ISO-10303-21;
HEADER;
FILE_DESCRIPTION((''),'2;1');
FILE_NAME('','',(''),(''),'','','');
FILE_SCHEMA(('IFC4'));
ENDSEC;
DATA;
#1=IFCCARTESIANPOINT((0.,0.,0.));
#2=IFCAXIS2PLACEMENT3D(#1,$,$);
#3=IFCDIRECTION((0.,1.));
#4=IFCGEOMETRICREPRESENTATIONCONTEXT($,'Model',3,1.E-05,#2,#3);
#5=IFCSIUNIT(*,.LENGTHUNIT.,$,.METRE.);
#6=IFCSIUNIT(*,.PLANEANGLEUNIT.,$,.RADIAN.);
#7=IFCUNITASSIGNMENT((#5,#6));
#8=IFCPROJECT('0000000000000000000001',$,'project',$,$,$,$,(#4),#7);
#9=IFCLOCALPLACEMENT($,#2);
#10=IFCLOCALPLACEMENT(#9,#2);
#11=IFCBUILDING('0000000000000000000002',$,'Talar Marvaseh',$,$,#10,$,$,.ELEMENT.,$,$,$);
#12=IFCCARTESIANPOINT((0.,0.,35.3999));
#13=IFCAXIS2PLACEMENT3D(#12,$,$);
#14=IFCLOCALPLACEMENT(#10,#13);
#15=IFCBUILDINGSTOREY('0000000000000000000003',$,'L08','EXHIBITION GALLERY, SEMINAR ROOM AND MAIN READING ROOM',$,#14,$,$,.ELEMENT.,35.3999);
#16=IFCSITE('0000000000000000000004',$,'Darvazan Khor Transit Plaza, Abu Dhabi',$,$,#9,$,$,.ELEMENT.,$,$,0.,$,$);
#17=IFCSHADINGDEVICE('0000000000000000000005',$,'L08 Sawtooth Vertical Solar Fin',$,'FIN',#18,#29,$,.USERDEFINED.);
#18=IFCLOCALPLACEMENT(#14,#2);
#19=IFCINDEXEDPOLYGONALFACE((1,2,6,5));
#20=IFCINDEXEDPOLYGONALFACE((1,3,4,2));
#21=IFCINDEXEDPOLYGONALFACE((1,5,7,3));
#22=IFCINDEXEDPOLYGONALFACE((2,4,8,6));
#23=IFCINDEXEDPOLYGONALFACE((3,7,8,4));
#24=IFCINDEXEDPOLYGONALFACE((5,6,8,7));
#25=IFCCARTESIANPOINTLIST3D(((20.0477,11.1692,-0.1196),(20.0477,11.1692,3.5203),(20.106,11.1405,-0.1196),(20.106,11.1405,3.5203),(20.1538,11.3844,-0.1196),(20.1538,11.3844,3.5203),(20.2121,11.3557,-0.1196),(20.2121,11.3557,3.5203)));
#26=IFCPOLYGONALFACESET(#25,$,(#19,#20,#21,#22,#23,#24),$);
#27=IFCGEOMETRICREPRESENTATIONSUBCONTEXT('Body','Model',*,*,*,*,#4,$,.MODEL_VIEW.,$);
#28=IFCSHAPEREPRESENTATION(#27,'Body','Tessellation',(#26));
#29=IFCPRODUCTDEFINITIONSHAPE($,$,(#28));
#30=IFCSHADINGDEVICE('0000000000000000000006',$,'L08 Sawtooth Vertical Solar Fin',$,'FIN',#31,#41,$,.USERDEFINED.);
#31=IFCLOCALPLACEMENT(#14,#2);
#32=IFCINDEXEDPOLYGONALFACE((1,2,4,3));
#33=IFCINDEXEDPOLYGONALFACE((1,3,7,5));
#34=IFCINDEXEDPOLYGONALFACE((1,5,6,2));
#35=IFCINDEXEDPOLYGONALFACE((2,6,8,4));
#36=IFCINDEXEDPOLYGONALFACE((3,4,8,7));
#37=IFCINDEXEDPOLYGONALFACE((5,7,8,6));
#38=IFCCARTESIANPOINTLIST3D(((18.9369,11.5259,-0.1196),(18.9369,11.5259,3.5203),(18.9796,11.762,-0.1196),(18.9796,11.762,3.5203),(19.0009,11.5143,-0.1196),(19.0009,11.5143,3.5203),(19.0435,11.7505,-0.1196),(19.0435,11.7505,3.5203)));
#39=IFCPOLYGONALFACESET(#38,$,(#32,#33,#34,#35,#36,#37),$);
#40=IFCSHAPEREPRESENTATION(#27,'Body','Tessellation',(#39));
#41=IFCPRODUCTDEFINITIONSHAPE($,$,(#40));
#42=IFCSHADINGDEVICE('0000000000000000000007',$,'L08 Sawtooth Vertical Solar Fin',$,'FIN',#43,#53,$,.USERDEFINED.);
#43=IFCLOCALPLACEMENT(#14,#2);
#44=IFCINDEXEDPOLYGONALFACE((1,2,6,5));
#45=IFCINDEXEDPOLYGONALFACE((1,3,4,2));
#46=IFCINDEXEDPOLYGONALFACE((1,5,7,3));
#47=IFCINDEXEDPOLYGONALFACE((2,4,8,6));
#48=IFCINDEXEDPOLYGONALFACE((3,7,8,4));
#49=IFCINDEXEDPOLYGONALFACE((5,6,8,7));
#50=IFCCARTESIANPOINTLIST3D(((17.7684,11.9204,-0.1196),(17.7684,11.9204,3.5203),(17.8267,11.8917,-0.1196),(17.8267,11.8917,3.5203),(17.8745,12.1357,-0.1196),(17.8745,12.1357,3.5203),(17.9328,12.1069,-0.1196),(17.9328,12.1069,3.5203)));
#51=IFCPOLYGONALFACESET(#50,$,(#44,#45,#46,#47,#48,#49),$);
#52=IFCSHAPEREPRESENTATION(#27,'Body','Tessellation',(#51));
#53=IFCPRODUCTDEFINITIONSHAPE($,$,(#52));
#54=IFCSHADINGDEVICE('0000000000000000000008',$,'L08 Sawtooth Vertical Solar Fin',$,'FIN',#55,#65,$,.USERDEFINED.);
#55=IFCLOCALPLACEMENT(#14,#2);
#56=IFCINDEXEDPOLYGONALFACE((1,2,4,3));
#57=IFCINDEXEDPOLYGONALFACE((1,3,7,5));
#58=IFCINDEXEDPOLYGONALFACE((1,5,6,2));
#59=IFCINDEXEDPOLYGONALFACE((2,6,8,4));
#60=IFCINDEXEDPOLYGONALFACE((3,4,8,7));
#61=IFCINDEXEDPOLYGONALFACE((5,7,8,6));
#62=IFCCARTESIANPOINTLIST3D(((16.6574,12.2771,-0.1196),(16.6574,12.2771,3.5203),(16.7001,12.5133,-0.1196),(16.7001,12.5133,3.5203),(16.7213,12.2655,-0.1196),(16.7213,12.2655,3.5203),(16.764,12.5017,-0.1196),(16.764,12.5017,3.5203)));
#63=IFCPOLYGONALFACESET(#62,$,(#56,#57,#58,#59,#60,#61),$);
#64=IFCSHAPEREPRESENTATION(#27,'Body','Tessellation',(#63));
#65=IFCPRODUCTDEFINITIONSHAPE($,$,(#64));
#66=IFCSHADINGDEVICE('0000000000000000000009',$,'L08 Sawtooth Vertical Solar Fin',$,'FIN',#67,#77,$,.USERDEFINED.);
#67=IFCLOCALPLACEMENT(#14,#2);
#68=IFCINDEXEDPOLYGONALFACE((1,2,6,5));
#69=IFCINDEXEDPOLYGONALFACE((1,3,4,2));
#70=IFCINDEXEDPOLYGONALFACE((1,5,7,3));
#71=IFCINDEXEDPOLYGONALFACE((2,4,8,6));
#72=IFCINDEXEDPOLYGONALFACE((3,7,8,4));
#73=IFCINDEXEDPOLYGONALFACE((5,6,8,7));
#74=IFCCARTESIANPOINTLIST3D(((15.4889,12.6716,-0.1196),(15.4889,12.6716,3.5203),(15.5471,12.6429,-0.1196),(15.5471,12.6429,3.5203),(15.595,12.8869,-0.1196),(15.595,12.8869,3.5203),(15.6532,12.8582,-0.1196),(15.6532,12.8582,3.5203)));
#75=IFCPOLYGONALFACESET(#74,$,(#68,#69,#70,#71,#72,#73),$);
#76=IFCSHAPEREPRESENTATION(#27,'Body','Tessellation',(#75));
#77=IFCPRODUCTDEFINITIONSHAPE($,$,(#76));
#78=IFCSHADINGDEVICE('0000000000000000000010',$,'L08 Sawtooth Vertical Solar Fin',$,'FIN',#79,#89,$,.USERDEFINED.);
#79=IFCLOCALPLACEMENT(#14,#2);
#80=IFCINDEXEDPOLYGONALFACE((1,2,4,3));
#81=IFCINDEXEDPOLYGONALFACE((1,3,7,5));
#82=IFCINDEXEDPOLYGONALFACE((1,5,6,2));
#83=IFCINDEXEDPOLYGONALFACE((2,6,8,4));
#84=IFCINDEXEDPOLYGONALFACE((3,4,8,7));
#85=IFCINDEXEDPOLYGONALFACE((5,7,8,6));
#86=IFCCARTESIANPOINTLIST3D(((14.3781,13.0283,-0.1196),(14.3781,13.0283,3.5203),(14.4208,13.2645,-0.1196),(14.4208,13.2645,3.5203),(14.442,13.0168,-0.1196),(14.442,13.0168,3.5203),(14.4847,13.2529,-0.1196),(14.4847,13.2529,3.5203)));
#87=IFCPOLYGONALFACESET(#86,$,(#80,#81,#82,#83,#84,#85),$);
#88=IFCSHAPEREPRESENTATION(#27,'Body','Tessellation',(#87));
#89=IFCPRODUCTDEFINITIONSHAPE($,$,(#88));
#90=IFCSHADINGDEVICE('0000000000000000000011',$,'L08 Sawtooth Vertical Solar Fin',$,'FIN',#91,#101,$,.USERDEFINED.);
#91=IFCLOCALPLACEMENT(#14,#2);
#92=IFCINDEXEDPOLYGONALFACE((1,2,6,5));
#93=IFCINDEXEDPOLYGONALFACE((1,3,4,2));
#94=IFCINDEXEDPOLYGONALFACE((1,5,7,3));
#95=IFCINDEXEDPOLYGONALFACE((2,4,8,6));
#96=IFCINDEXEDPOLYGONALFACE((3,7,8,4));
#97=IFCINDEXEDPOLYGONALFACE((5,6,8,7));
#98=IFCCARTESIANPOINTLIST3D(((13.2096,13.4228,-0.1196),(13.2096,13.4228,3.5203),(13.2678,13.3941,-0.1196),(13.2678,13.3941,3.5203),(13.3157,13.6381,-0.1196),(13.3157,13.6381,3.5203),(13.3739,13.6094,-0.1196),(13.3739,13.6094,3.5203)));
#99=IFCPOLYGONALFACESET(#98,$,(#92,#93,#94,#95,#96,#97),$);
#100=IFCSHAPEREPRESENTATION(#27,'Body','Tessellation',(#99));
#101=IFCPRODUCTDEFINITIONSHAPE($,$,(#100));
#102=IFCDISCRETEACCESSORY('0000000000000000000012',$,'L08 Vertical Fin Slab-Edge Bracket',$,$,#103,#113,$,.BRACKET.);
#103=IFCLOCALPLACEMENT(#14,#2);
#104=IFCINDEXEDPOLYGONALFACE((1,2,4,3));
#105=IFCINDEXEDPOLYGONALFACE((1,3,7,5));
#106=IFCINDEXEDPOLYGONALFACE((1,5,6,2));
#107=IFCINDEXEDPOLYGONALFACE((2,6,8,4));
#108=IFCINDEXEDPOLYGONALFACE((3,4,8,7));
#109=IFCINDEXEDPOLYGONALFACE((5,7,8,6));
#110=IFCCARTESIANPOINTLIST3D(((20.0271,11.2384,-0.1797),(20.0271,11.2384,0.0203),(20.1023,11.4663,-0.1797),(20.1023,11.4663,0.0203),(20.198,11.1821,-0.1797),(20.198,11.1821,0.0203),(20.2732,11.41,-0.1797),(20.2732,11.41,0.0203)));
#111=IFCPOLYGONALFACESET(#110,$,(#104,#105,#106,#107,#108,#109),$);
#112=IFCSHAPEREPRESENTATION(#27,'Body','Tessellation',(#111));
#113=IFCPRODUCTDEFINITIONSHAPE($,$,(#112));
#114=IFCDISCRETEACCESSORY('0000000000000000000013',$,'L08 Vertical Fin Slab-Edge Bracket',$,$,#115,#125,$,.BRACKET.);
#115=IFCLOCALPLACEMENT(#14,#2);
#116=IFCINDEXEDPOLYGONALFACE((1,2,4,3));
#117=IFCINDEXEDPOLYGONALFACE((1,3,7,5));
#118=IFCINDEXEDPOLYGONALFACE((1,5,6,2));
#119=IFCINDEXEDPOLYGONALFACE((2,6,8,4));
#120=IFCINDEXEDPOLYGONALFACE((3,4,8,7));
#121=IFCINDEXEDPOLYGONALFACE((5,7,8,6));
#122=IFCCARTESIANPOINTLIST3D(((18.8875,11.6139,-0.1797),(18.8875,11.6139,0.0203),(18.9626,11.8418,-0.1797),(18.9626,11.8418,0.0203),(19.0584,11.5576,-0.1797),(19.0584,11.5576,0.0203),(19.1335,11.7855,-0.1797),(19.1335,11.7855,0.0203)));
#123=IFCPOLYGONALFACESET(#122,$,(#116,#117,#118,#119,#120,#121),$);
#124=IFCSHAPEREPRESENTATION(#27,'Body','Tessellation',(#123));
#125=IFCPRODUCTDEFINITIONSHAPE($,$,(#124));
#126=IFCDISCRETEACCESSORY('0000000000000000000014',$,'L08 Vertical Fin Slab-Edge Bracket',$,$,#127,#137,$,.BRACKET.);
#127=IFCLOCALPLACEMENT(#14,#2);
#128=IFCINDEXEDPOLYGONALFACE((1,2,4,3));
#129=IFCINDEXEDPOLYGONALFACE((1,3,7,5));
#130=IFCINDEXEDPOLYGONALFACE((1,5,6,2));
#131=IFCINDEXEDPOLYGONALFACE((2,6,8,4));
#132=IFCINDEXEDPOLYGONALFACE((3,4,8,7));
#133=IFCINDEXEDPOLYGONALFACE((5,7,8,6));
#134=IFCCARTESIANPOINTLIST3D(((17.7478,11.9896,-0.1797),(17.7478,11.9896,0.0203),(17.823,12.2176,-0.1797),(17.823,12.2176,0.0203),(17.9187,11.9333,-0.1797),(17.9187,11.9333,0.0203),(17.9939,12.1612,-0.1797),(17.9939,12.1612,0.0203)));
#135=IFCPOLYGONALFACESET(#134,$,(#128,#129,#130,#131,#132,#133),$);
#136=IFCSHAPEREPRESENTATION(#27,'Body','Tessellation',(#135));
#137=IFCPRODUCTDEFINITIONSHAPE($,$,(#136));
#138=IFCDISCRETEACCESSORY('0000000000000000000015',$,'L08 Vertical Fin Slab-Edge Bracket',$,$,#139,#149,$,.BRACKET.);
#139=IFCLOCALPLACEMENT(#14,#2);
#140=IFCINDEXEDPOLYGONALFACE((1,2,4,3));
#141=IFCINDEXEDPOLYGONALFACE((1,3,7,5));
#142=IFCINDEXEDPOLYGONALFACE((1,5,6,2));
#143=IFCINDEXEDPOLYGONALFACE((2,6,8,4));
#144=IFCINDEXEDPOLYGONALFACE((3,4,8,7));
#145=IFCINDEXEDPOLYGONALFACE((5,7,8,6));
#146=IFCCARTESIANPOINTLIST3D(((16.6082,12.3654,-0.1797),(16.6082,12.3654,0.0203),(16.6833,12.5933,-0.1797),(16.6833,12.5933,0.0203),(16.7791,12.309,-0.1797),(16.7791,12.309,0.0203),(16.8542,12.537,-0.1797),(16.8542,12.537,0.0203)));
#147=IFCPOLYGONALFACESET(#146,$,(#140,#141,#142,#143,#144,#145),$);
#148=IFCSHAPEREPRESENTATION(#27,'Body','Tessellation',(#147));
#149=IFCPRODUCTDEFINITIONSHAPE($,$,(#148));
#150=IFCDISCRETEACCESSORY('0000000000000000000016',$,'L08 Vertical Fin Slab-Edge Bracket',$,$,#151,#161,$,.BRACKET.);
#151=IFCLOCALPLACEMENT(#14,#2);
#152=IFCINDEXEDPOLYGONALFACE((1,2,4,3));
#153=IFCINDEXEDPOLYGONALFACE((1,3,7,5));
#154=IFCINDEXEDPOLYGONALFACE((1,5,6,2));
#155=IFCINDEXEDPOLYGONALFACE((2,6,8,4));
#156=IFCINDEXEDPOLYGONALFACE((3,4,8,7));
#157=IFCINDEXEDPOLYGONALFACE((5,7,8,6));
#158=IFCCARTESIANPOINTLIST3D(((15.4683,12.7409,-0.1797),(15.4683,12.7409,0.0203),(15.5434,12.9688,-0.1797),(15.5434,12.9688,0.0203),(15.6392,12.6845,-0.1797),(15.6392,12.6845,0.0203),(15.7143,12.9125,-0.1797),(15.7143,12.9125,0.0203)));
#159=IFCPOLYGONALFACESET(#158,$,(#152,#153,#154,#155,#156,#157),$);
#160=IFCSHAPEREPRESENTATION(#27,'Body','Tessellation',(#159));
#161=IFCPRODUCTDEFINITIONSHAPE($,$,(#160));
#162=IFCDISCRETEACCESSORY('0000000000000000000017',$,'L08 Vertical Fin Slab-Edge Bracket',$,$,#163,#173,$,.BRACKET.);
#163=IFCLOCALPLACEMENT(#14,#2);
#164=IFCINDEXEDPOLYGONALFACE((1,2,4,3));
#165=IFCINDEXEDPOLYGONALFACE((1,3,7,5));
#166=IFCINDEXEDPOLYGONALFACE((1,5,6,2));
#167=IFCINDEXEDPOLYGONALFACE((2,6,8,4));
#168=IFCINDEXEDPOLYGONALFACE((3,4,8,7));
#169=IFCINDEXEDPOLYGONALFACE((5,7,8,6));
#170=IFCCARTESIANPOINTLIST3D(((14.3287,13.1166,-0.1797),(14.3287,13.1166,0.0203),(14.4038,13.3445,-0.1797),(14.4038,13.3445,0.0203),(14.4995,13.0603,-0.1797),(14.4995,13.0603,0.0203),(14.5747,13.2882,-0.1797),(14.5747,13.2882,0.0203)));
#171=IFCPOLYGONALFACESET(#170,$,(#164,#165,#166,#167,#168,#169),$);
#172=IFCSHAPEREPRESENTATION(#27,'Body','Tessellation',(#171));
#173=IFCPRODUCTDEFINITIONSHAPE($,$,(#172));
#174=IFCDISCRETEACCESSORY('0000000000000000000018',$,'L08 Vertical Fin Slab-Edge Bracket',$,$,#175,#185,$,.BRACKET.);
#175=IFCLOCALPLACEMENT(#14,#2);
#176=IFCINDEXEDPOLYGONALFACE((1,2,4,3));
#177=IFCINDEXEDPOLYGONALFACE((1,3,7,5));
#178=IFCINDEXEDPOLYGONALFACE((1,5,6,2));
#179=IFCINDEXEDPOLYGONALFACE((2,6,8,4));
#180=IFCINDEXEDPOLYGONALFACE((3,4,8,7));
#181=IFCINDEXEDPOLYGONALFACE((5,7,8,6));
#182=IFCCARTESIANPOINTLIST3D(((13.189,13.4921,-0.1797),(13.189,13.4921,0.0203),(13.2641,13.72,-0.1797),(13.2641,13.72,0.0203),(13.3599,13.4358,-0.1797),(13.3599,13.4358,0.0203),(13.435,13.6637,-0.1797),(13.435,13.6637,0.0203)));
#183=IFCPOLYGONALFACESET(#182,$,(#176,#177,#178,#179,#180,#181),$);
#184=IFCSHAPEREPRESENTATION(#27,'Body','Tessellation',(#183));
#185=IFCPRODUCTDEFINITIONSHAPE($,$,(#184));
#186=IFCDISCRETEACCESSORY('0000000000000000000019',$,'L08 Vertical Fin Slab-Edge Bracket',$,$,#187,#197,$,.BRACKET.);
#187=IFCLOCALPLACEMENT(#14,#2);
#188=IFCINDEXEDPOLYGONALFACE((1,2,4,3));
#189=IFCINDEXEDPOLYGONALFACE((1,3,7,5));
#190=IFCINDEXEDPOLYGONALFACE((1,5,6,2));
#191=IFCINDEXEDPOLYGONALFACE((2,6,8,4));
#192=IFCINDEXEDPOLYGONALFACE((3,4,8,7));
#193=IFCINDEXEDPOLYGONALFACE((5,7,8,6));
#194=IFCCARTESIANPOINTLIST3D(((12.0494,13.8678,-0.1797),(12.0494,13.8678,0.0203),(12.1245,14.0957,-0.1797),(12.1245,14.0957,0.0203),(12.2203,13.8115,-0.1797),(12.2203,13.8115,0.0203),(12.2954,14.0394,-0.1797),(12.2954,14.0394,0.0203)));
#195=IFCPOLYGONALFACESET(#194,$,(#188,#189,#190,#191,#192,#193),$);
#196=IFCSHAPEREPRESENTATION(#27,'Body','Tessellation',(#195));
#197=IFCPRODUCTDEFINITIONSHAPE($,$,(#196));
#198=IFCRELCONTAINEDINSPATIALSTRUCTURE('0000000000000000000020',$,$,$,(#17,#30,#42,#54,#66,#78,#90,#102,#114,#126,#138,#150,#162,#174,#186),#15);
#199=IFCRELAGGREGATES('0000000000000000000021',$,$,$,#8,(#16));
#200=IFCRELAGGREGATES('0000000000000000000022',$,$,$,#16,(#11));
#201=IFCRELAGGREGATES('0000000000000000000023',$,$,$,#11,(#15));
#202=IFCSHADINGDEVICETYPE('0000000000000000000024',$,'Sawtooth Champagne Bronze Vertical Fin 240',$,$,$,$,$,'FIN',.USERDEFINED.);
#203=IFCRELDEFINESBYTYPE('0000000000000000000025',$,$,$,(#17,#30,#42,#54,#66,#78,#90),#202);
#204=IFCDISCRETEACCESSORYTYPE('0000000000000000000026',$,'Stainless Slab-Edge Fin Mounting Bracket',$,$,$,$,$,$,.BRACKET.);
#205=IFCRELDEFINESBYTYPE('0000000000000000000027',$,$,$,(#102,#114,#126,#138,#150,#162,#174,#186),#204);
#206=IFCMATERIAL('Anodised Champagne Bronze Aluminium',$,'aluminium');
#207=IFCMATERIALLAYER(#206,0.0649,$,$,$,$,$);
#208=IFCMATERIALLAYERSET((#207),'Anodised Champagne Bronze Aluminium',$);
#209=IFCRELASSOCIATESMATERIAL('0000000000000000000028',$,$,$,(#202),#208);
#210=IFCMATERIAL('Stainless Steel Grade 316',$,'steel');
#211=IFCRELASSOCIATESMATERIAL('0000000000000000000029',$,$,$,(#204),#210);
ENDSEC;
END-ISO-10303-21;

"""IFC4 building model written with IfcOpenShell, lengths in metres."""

from ifc_helpers import new_model, si_unit, direction, frame, origin, origin_2d, place, context, subcontext, project, spatial, rectangle, extrude, source, transform, mapped, material, layer, layer_set, type_object, type_shapes, element, save


model = new_model("IFC4")

# Units and contexts
model_context = context("Model", 3, precision=1e-05, world=origin(), true_north=direction((0.0, 1.0)))
body_context = subcontext(model_context, "Body", "Model", "MODEL_VIEW")
ifc_project = project(units=[si_unit("LENGTHUNIT", "METRE"), si_unit("PLANEANGLEUNIT", "RADIAN")], contexts=[model_context])

# Site, building, storey
site_placement = place(None, origin())
site = spatial("IfcSite", under=ifc_project, at=site_placement, Name="Darvazan Khor Transit Plaza, Abu Dhabi", CompositionType="ELEMENT", RefElevation=0.0)
building_placement = place(site_placement, origin())
building = spatial("IfcBuilding", under=site, at=building_placement, Name="Talar Marvaseh", CompositionType="ELEMENT")
storey_placement = place(building_placement, frame((0.0, 0.0, 35.3999)))
storey = spatial("IfcBuildingStorey", under=building, at=storey_placement, Name="L08", Description="EXHIBITION GALLERY, SEMINAR ROOM AND MAIN READING ROOM", CompositionType="ELEMENT", Elevation=35.3999)

# Shading devices
ifc_material_1 = material(Name="Anodised Champagne Bronze Aluminium", Category="aluminium")
ifc_layer_1 = layer(ifc_material_1, 0.0649)
ifc_layer_set_1 = layer_set([ifc_layer_1], Name="Anodised Champagne Bronze Aluminium")
shading_device_type = type_object("IfcShadingDeviceType", Name="Sawtooth Champagne Bronze Vertical Fin 240", ElementType="FIN", PredefinedType="USERDEFINED", material=ifc_layer_set_1)
shared_shape_1 = source(origin(), body_context, "Body", "SweptSolid", [
    extrude(rectangle(XDim=0.24, YDim=0.0649, at=origin_2d()), origin(), (0.0, 0.0, 1.0), 3.6399),
])
type_shapes(shading_device_type, [shared_shape_1])
for number, where, z_axis, x_axis, name in (
    (1, (20.1299, 11.2625, -0.1196), (0.0, 0.0, 1.0), (-0.442132, -0.89695, 0.0), "L08 Sawtooth Vertical Solar Fin"),
    (2, (18.9902, 11.6382, -0.1196), (0.0, 0.0, 1.0), (-0.177772, -0.984072, 0.0), "L08 Sawtooth Vertical Solar Fin"),
    (3, (17.8506, 12.0137, -0.1196), (0.0, 0.0, 1.0), (-0.442132, -0.89695, 0.0), "L08 Sawtooth Vertical Solar Fin"),
    (4, (16.7107, 12.3894, -0.1196), (0.0, 0.0, 1.0), (-0.177772, -0.984072, 0.0), "L08 Sawtooth Vertical Solar Fin"),
    (5, (15.571, 12.7649, -0.1196), (0.0, 0.0, 1.0), (-0.442132, -0.89695, 0.0), "L08 Sawtooth Vertical Solar Fin"),
    (6, (14.4314, 13.1406, -0.1196), (0.0, 0.0, 1.0), (-0.177772, -0.984072, 0.0), "L08 Sawtooth Vertical Solar Fin"),
    (7, (13.2917, 13.5161, -0.1196), (0.0, 0.0, 1.0), (-0.442132, -0.89695, 0.0), "L08 Sawtooth Vertical Solar Fin"),
):
    element("IfcShadingDevice", number, at=place(storey_placement, frame(where, z_axis=z_axis, x_axis=x_axis)), inside=storey, type_object=shading_device_type, Name=name, ObjectType="FIN", PredefinedType="USERDEFINED", context=body_context, shape_type="MappedRepresentation", body=[
        mapped(shared_shape_1, transform((0.0, 0.0, 0.0), x_axis=(1.0, 0.0, 0.0), y_axis=(0.0, 1.0, 0.0), z_axis=(0.0, 0.0, 1.0), scale=1.0)),
    ])

# Discrete accessories
ifc_material_2 = material(Name="Stainless Steel Grade 316", Category="steel")
discrete_accessory_type = type_object("IfcDiscreteAccessoryType", Name="Stainless Slab-Edge Fin Mounting Bracket", PredefinedType="BRACKET", material=ifc_material_2)
shared_shape_2 = source(origin(), body_context, "Body", "SweptSolid", [
    extrude(rectangle(XDim=0.24, YDim=0.1799, at=origin_2d()), origin(), (0.0, 0.0, 1.0), 0.2),
])
type_shapes(discrete_accessory_type, [shared_shape_2])
for number, where, z_axis, x_axis, name in (
    (8, (20.1501, 11.3242, -0.1797), (0.0, 0.0, 1.0), (-0.312998, -0.949754, 0.0), "L08 Vertical Fin Slab-Edge Bracket"),
    (9, (19.0105, 11.6997, -0.1797), (0.0, 0.0, 1.0), (-0.312998, -0.949754, 0.0), "L08 Vertical Fin Slab-Edge Bracket"),
    (10, (17.8708, 12.0754, -0.1797), (0.0, 0.0, 1.0), (-0.312998, -0.949754, 0.0), "L08 Vertical Fin Slab-Edge Bracket"),
    (11, (16.7312, 12.4512, -0.1797), (0.0, 0.0, 1.0), (-0.312998, -0.949754, 0.0), "L08 Vertical Fin Slab-Edge Bracket"),
    (12, (15.5913, 12.8267, -0.1797), (0.0, 0.0, 1.0), (-0.312998, -0.949754, 0.0), "L08 Vertical Fin Slab-Edge Bracket"),
    (13, (14.4517, 13.2024, -0.1797), (0.0, 0.0, 1.0), (-0.312998, -0.949754, 0.0), "L08 Vertical Fin Slab-Edge Bracket"),
    (14, (13.312, 13.5779, -0.1797), (0.0, 0.0, 1.0), (-0.312998, -0.949754, 0.0), "L08 Vertical Fin Slab-Edge Bracket"),
    (15, (12.1724, 13.9536, -0.1797), (0.0, 0.0, 1.0), (-0.312998, -0.949754, 0.0), "L08 Vertical Fin Slab-Edge Bracket"),
):
    element("IfcDiscreteAccessory", number, at=place(storey_placement, frame(where, z_axis=z_axis, x_axis=x_axis)), inside=storey, type_object=discrete_accessory_type, Name=name, PredefinedType="BRACKET", context=body_context, shape_type="MappedRepresentation", body=[
        mapped(shared_shape_2, transform((0.0, 0.0, 0.0), x_axis=(1.0, 0.0, 0.0), y_axis=(0.0, 1.0, 0.0), z_axis=(0.0, 0.0, 1.0), scale=1.0)),
    ])

save(model, "model.ifc")
